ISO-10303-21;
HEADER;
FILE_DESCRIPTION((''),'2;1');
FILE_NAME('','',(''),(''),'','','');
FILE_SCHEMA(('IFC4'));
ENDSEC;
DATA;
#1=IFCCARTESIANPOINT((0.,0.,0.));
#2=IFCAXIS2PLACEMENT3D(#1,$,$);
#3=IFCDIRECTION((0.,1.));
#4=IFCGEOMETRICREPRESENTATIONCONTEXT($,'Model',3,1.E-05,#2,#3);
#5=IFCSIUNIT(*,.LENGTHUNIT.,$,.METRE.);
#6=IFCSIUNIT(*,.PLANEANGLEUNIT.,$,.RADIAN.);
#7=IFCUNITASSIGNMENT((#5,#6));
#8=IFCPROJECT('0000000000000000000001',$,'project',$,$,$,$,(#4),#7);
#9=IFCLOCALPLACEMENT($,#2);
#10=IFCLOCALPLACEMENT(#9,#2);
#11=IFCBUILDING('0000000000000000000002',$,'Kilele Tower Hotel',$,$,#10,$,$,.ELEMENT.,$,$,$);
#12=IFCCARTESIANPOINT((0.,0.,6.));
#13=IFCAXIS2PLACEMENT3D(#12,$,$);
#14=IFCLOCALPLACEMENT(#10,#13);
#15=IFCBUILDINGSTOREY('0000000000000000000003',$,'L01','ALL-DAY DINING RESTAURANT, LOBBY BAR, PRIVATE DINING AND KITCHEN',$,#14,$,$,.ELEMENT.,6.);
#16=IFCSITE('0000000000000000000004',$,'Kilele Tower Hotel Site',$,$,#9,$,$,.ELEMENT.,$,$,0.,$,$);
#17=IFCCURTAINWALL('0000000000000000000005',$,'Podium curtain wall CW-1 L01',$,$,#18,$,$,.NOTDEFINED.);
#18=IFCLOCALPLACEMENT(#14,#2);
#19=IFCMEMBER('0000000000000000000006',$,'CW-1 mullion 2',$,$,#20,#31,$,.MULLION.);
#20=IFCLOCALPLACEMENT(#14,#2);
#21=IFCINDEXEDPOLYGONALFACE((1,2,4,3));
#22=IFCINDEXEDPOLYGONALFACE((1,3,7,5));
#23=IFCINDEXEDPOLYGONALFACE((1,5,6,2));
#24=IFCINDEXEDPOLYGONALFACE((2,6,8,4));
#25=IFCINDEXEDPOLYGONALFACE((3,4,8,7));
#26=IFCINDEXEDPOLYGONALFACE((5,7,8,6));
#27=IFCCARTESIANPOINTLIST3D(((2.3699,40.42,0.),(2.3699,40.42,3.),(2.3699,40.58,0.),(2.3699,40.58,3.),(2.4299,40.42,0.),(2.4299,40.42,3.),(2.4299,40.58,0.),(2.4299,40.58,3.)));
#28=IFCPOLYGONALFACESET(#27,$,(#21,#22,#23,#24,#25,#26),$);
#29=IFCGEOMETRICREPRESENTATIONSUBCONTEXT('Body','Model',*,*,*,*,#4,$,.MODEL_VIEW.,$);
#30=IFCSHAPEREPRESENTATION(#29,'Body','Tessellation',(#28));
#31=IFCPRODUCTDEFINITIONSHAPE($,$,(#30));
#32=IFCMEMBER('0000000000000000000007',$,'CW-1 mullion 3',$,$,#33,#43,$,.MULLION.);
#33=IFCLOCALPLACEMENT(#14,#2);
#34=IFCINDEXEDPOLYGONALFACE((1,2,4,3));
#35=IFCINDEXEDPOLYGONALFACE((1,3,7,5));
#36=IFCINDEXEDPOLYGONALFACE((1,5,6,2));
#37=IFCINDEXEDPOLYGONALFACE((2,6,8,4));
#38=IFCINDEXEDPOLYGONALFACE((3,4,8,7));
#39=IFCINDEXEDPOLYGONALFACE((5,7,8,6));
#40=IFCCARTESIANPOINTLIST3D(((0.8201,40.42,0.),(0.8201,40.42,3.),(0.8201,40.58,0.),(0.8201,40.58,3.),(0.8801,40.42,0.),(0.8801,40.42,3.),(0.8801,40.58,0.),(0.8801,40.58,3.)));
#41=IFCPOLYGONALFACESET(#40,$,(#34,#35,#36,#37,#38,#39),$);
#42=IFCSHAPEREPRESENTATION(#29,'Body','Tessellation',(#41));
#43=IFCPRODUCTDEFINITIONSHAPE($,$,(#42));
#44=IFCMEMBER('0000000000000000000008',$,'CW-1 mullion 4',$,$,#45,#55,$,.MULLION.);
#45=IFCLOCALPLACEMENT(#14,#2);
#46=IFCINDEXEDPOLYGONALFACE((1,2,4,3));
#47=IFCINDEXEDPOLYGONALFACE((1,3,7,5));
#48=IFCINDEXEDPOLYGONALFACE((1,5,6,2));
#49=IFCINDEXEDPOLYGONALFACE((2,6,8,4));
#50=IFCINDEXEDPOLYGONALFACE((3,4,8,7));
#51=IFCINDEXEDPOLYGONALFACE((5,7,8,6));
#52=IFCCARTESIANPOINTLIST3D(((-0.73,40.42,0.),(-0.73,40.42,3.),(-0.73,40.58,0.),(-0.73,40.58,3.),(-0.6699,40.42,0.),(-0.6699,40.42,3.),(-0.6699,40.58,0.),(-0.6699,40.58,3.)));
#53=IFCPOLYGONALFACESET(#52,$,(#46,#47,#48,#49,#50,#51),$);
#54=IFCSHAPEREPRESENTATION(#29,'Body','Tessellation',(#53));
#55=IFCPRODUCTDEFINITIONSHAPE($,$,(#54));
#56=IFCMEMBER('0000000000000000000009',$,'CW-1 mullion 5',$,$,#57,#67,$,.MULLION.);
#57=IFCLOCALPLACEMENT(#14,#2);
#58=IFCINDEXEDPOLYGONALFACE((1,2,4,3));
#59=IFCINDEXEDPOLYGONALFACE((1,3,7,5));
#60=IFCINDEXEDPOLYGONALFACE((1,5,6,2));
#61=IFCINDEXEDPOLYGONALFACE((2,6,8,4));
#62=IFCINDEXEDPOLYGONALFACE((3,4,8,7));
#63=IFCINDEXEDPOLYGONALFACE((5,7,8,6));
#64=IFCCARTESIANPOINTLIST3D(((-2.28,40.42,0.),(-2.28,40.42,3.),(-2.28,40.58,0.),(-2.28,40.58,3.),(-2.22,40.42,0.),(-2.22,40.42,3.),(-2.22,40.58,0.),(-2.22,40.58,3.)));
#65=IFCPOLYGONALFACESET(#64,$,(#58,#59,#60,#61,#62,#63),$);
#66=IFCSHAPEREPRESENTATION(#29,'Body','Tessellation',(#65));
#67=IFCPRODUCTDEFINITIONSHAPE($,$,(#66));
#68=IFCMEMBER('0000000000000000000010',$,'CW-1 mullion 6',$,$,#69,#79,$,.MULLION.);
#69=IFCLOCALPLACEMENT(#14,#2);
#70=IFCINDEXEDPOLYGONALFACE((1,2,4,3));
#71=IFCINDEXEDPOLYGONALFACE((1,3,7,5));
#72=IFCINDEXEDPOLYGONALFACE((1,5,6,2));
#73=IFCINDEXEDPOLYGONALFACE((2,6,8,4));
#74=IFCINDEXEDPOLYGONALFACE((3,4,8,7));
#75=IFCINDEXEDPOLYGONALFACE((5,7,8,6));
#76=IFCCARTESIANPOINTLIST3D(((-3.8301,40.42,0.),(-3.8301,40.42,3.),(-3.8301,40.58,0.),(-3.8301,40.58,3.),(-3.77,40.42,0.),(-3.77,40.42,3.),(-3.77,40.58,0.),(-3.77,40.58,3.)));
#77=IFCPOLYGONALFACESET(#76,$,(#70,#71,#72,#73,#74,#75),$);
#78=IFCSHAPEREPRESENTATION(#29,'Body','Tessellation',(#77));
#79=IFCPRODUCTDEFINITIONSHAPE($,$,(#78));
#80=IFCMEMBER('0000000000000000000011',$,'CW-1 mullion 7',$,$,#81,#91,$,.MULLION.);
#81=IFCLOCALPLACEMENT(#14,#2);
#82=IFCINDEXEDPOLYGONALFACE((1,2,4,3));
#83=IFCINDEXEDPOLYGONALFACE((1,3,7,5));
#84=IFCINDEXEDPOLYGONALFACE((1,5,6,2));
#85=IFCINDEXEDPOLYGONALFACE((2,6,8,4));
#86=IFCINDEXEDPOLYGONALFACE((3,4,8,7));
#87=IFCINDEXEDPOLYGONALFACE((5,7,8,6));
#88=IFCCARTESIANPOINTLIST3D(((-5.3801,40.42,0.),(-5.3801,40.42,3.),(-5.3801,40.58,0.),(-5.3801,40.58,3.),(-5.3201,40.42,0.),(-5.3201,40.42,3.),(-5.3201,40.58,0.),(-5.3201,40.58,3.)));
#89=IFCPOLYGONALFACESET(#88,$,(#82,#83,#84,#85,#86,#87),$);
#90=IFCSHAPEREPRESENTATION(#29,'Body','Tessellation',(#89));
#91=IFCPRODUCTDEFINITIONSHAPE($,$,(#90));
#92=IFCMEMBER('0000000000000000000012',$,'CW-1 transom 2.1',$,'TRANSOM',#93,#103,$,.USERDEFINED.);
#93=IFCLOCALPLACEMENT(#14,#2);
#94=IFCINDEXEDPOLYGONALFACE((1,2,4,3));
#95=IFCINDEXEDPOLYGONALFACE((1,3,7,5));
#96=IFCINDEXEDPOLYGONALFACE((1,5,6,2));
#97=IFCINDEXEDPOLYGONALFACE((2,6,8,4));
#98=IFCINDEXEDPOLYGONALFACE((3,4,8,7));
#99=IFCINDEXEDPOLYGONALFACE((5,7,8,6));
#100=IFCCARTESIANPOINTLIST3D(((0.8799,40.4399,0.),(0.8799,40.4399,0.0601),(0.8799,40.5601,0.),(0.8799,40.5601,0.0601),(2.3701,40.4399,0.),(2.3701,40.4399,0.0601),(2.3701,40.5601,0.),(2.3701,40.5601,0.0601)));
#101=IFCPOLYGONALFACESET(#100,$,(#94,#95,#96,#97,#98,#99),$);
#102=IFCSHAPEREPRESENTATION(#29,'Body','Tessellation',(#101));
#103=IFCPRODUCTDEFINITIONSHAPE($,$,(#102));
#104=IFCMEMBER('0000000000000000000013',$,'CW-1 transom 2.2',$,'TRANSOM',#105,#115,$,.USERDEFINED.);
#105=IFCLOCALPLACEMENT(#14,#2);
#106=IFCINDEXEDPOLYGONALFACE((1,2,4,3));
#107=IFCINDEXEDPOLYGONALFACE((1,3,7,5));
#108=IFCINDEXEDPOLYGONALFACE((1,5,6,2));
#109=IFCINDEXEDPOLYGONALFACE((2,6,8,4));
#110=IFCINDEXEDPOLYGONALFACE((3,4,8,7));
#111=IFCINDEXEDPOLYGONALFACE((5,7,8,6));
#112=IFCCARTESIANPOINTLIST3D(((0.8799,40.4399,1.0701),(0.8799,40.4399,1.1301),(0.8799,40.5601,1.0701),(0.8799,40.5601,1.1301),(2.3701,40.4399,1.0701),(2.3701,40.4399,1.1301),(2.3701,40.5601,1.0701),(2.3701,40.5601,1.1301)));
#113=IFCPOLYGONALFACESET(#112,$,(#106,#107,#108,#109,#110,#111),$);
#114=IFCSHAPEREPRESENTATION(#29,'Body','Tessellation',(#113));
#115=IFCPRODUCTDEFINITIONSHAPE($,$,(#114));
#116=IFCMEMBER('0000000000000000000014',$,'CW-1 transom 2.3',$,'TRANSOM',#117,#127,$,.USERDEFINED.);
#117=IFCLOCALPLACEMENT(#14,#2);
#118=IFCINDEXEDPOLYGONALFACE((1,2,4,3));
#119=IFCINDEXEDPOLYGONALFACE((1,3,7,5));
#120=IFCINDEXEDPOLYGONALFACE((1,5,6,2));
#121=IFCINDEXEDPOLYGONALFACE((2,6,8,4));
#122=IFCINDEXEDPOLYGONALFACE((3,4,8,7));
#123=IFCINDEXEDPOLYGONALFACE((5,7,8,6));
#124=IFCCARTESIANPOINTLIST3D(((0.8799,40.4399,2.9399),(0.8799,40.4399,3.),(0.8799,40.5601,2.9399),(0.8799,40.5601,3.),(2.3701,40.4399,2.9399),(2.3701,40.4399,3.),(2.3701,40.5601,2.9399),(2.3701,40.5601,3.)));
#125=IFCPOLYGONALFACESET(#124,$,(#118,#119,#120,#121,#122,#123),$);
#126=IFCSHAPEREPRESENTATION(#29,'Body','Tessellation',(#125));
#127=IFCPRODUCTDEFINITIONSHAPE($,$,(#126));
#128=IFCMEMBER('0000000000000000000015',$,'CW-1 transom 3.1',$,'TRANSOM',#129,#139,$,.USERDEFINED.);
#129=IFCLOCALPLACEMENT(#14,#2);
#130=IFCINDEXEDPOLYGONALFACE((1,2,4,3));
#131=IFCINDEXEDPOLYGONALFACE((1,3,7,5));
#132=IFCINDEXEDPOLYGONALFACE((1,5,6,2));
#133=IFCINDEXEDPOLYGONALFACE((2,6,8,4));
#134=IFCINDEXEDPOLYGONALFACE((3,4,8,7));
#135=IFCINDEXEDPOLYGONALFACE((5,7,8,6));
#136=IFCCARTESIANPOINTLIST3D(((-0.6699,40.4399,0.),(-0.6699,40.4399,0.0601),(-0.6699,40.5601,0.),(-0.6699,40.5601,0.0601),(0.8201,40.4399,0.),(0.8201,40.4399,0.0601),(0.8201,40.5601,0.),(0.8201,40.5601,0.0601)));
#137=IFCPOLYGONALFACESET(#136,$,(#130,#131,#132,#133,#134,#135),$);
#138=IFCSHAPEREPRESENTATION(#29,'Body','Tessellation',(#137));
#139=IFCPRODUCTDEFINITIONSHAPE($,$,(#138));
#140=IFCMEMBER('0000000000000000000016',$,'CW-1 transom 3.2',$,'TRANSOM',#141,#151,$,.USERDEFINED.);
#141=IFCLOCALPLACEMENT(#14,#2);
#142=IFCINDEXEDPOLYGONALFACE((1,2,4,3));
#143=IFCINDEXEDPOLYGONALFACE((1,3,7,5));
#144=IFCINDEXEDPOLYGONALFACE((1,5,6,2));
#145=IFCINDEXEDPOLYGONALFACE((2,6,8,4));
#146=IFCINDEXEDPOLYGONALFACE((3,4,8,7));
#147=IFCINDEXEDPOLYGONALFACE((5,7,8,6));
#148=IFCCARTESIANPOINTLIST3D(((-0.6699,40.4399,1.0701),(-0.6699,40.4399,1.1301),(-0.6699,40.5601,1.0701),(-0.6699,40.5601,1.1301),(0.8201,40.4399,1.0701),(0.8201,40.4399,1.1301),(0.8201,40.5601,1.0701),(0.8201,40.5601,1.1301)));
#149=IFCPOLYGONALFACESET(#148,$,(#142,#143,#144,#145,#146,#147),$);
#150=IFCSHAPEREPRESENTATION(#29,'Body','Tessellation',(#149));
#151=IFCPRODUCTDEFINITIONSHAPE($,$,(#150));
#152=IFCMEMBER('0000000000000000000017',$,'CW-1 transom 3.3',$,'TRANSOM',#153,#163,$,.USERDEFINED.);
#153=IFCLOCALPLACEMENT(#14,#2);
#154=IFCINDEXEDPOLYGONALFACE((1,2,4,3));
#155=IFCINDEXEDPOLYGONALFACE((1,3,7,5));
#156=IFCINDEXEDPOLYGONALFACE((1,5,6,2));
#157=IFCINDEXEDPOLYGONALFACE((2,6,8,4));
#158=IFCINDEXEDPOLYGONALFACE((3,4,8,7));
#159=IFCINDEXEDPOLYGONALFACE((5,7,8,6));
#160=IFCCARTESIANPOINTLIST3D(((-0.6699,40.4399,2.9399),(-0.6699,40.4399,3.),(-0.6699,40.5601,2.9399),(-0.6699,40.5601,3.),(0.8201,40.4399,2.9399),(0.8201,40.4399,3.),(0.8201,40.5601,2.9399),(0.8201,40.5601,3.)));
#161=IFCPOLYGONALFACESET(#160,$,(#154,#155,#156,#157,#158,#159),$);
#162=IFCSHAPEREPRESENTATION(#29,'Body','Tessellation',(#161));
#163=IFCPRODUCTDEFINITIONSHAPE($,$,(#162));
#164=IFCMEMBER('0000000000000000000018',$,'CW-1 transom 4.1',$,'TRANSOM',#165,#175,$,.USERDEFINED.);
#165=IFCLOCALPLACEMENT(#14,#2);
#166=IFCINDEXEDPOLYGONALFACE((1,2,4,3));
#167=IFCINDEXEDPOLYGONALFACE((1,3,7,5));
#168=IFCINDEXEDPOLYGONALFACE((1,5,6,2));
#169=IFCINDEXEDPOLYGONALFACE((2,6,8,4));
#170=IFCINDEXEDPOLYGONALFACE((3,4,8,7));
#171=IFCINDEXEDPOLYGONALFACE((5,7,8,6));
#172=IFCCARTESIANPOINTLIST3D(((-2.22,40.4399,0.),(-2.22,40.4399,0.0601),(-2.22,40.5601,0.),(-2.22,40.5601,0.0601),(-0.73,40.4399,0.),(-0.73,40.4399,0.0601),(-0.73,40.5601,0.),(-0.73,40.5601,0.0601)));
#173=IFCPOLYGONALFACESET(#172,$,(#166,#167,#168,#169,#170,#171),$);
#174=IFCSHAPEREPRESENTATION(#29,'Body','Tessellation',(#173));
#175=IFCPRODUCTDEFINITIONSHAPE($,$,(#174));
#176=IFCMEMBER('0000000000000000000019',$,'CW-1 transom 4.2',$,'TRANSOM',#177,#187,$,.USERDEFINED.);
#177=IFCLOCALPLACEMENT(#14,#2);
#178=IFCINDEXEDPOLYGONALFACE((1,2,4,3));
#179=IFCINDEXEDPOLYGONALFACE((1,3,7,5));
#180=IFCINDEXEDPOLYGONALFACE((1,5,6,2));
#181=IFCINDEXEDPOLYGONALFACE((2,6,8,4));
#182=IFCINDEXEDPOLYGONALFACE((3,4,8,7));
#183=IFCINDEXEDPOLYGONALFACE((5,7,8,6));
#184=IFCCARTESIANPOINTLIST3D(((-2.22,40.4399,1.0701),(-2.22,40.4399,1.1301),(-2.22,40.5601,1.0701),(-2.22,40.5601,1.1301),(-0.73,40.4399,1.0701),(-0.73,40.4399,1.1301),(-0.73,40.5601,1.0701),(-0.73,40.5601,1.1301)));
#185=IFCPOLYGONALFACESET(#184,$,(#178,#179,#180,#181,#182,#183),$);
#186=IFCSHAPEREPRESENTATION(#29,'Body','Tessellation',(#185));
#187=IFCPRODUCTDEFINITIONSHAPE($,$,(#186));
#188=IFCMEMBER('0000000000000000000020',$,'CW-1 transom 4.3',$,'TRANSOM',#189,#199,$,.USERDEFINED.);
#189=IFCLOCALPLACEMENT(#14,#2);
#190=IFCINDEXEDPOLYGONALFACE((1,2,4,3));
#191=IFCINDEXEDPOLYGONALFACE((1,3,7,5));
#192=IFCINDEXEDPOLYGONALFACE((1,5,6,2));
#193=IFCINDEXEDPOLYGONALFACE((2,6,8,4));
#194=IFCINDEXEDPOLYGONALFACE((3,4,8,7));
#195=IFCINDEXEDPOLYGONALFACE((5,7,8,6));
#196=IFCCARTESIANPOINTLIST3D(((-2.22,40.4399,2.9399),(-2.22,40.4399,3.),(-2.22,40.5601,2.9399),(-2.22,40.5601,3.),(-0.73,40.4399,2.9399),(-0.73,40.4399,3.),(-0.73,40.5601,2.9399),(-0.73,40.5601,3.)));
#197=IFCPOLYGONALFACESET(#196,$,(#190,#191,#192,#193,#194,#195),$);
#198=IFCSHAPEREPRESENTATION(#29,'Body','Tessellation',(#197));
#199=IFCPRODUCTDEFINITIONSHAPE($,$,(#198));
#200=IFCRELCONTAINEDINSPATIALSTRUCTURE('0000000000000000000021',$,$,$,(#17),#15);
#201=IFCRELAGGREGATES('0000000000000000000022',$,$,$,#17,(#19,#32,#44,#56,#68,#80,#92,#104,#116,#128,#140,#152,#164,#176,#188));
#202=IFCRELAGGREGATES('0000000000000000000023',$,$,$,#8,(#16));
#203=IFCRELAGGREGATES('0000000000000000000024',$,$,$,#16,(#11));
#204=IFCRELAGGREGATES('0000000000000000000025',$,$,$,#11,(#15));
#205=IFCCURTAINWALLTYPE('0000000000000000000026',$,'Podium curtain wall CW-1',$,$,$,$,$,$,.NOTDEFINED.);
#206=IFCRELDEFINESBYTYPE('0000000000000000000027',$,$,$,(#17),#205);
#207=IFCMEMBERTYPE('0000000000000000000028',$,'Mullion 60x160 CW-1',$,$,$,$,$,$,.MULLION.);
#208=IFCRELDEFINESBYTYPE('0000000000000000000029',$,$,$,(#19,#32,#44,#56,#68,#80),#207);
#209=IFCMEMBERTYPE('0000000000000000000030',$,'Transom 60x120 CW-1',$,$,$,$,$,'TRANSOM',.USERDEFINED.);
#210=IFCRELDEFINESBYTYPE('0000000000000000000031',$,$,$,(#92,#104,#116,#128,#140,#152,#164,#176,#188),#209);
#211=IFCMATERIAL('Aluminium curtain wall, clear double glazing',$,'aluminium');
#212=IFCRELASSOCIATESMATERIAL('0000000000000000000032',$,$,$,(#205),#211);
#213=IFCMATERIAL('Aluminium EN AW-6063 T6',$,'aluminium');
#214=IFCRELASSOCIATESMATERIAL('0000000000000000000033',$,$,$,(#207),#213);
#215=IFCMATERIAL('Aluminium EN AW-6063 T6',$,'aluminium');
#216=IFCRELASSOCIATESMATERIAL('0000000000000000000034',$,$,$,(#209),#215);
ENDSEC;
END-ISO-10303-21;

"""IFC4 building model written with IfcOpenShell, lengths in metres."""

from ifc_helpers import new_model, si_unit, direction, frame, origin, origin_2d, place, context, subcontext, project, spatial, rectangle, extrude, material, material_profile, profile_set, type_object, element, aggregate, save


model = new_model("IFC4")

# Units and contexts
model_context = context("Model", 3, precision=1e-05, world=origin(), true_north=direction((0.0, 1.0)))
body_context = subcontext(model_context, "Body", "Model", "MODEL_VIEW")
ifc_project = project(units=[si_unit("LENGTHUNIT", "METRE"), si_unit("PLANEANGLEUNIT", "RADIAN")], contexts=[model_context])

# Site, building, storey
site_placement = place(None, origin())
site = spatial("IfcSite", under=ifc_project, at=site_placement, Name="Kilele Tower Hotel Site", CompositionType="ELEMENT", RefElevation=0.0)
building_placement = place(site_placement, origin())
building = spatial("IfcBuilding", under=site, at=building_placement, Name="Kilele Tower Hotel", CompositionType="ELEMENT")
storey_placement = place(building_placement, frame((0.0, 0.0, 6.0)))
storey = spatial("IfcBuildingStorey", under=building, at=storey_placement, Name="L01", Description="ALL-DAY DINING RESTAURANT, LOBBY BAR, PRIVATE DINING AND KITCHEN", CompositionType="ELEMENT", Elevation=6.0)

# Curtain wall, members
ifc_material_1 = material(Name="Aluminium curtain wall, clear double glazing", Category="aluminium")
curtain_wall_type = type_object("IfcCurtainWallType", Name="Podium curtain wall CW-1", PredefinedType="NOTDEFINED", material=ifc_material_1)
curtain_wall_placement = place(storey_placement, origin())
curtain_wall = element("IfcCurtainWall", 1, at=curtain_wall_placement, inside=storey, type_object=curtain_wall_type, Name="Podium curtain wall CW-1 L01", PredefinedType="NOTDEFINED")
ifc_material_2 = material(Name="Aluminium EN AW-6063 T6", Category="aluminium")
ifc_material_profile_1 = material_profile(ifc_material_2, rectangle(XDim=0.1599, YDim=0.0601, at=origin_2d()))
ifc_profile_set_1 = profile_set([ifc_material_profile_1], Name="Aluminium EN AW-6063 T6")
member_type_1 = type_object("IfcMemberType", Name="Mullion 60x160 CW-1", PredefinedType="MULLION", material=ifc_profile_set_1)
member_1_placement = place(storey_placement, frame((2.3999, 40.5, 0.0), z_axis=(0.0, 0.0, 1.0), x_axis=(0.0, -1.0, 0.0)))
member_1 = element("IfcMember", 2, at=member_1_placement, type_object=member_type_1, Name="CW-1 mullion 2", PredefinedType="MULLION", context=body_context, shape_type="SweptSolid", body=[
    extrude(rectangle(XDim=0.1599, YDim=0.0601, at=origin_2d()), origin(), (0.0, 0.0, 1.0), 3.0),
])
member_2_placement = place(storey_placement, frame((0.8501, 40.5, 0.0), z_axis=(0.0, 0.0, 1.0), x_axis=(0.0, -1.0, 0.0)))
member_2 = element("IfcMember", 3, at=member_2_placement, type_object=member_type_1, Name="CW-1 mullion 3", PredefinedType="MULLION", context=body_context, shape_type="SweptSolid", body=[
    extrude(rectangle(XDim=0.1599, YDim=0.0601, at=origin_2d()), origin(), (0.0, 0.0, 1.0), 3.0),
])
member_3_placement = place(storey_placement, frame((-0.7, 40.5, 0.0), z_axis=(0.0, 0.0, 1.0), x_axis=(0.0, -1.0, 0.0)))
member_3 = element("IfcMember", 4, at=member_3_placement, type_object=member_type_1, Name="CW-1 mullion 4", PredefinedType="MULLION", context=body_context, shape_type="SweptSolid", body=[
    extrude(rectangle(XDim=0.1599, YDim=0.0601, at=origin_2d()), origin(), (0.0, 0.0, 1.0), 3.0),
])
member_4_placement = place(storey_placement, frame((-2.25, 40.5, 0.0), z_axis=(0.0, 0.0, 1.0), x_axis=(0.0, -1.0, 0.0)))
member_4 = element("IfcMember", 5, at=member_4_placement, type_object=member_type_1, Name="CW-1 mullion 5", PredefinedType="MULLION", context=body_context, shape_type="SweptSolid", body=[
    extrude(rectangle(XDim=0.1599, YDim=0.0601, at=origin_2d()), origin(), (0.0, 0.0, 1.0), 3.0),
])
member_5_placement = place(storey_placement, frame((-3.8, 40.5, 0.0), z_axis=(0.0, 0.0, 1.0), x_axis=(0.0, -1.0, 0.0)))
member_5 = element("IfcMember", 6, at=member_5_placement, type_object=member_type_1, Name="CW-1 mullion 6", PredefinedType="MULLION", context=body_context, shape_type="SweptSolid", body=[
    extrude(rectangle(XDim=0.1599, YDim=0.0601, at=origin_2d()), origin(), (0.0, 0.0, 1.0), 3.0),
])
member_6_placement = place(storey_placement, frame((-5.3501, 40.5, 0.0), z_axis=(0.0, 0.0, 1.0), x_axis=(0.0, -1.0, 0.0)))
member_6 = element("IfcMember", 7, at=member_6_placement, type_object=member_type_1, Name="CW-1 mullion 7", PredefinedType="MULLION", context=body_context, shape_type="SweptSolid", body=[
    extrude(rectangle(XDim=0.1599, YDim=0.0601, at=origin_2d()), origin(), (0.0, 0.0, 1.0), 3.0),
])
ifc_material_3 = material(Name="Aluminium EN AW-6063 T6", Category="aluminium")
ifc_material_profile_2 = material_profile(ifc_material_3, rectangle(XDim=0.1201, YDim=0.0601, at=origin_2d()))
ifc_profile_set_2 = profile_set([ifc_material_profile_2], Name="Aluminium EN AW-6063 T6")
member_type_2 = type_object("IfcMemberType", Name="Transom 60x120 CW-1", ElementType="TRANSOM", PredefinedType="USERDEFINED", material=ifc_profile_set_2)
member_7_placement = place(storey_placement, frame((2.3701, 40.5, 0.03), z_axis=(-1.0, 0.0, 0.0), x_axis=(0.0, -1.0, 0.0)))
member_7 = element("IfcMember", 8, at=member_7_placement, type_object=member_type_2, Name="CW-1 transom 2.1", ObjectType="TRANSOM", PredefinedType="USERDEFINED", context=body_context, shape_type="SweptSolid", body=[
    extrude(rectangle(XDim=0.1201, YDim=0.0601, at=origin_2d()), origin(), (0.0, 0.0, 1.0), 1.4902),
])
member_8_placement = place(storey_placement, frame((2.3701, 40.5, 1.1001), z_axis=(-1.0, 0.0, 0.0), x_axis=(0.0, -1.0, 0.0)))
member_8 = element("IfcMember", 9, at=member_8_placement, type_object=member_type_2, Name="CW-1 transom 2.2", ObjectType="TRANSOM", PredefinedType="USERDEFINED", context=body_context, shape_type="SweptSolid", body=[
    extrude(rectangle(XDim=0.1201, YDim=0.0601, at=origin_2d()), origin(), (0.0, 0.0, 1.0), 1.4902),
])
member_9_placement = place(storey_placement, frame((2.3701, 40.5, 2.97), z_axis=(-1.0, 0.0, 0.0), x_axis=(0.0, -1.0, 0.0)))
member_9 = element("IfcMember", 10, at=member_9_placement, type_object=member_type_2, Name="CW-1 transom 2.3", ObjectType="TRANSOM", PredefinedType="USERDEFINED", context=body_context, shape_type="SweptSolid", body=[
    extrude(rectangle(XDim=0.1201, YDim=0.0601, at=origin_2d()), origin(), (0.0, 0.0, 1.0), 1.4902),
])
member_10_placement = place(storey_placement, frame((0.8201, 40.5, 0.03), z_axis=(-1.0, 0.0, 0.0), x_axis=(0.0, -1.0, 0.0)))
member_10 = element("IfcMember", 11, at=member_10_placement, type_object=member_type_2, Name="CW-1 transom 3.1", ObjectType="TRANSOM", PredefinedType="USERDEFINED", context=body_context, shape_type="SweptSolid", body=[
    extrude(rectangle(XDim=0.1201, YDim=0.0601, at=origin_2d()), origin(), (0.0, 0.0, 1.0), 1.49),
])
member_11_placement = place(storey_placement, frame((0.8201, 40.5, 1.1001), z_axis=(-1.0, 0.0, 0.0), x_axis=(0.0, -1.0, 0.0)))
member_11 = element("IfcMember", 12, at=member_11_placement, type_object=member_type_2, Name="CW-1 transom 3.2", ObjectType="TRANSOM", PredefinedType="USERDEFINED", context=body_context, shape_type="SweptSolid", body=[
    extrude(rectangle(XDim=0.1201, YDim=0.0601, at=origin_2d()), origin(), (0.0, 0.0, 1.0), 1.49),
])
member_12_placement = place(storey_placement, frame((0.8201, 40.5, 2.97), z_axis=(-1.0, 0.0, 0.0), x_axis=(0.0, -1.0, 0.0)))
member_12 = element("IfcMember", 13, at=member_12_placement, type_object=member_type_2, Name="CW-1 transom 3.3", ObjectType="TRANSOM", PredefinedType="USERDEFINED", context=body_context, shape_type="SweptSolid", body=[
    extrude(rectangle(XDim=0.1201, YDim=0.0601, at=origin_2d()), origin(), (0.0, 0.0, 1.0), 1.49),
])
member_13_placement = place(storey_placement, frame((-0.73, 40.5, 0.03), z_axis=(-1.0, 0.0, 0.0), x_axis=(0.0, -1.0, 0.0)))
member_13 = element("IfcMember", 14, at=member_13_placement, type_object=member_type_2, Name="CW-1 transom 4.1", ObjectType="TRANSOM", PredefinedType="USERDEFINED", context=body_context, shape_type="SweptSolid", body=[
    extrude(rectangle(XDim=0.1201, YDim=0.0601, at=origin_2d()), origin(), (0.0, 0.0, 1.0), 1.49),
])
member_14_placement = place(storey_placement, frame((-0.73, 40.5, 1.1001), z_axis=(-1.0, 0.0, 0.0), x_axis=(0.0, -1.0, 0.0)))
member_14 = element("IfcMember", 15, at=member_14_placement, type_object=member_type_2, Name="CW-1 transom 4.2", ObjectType="TRANSOM", PredefinedType="USERDEFINED", context=body_context, shape_type="SweptSolid", body=[
    extrude(rectangle(XDim=0.1201, YDim=0.0601, at=origin_2d()), origin(), (0.0, 0.0, 1.0), 1.49),
])
member_15_placement = place(storey_placement, frame((-0.73, 40.5, 2.97), z_axis=(-1.0, 0.0, 0.0), x_axis=(0.0, -1.0, 0.0)))
member_15 = element("IfcMember", 16, at=member_15_placement, type_object=member_type_2, Name="CW-1 transom 4.3", ObjectType="TRANSOM", PredefinedType="USERDEFINED", context=body_context, shape_type="SweptSolid", body=[
    extrude(rectangle(XDim=0.1201, YDim=0.0601, at=origin_2d()), origin(), (0.0, 0.0, 1.0), 1.49),
])
aggregate(curtain_wall, [member_1, member_2, member_3, member_4, member_5, member_6, member_7, member_8, member_9, member_10, member_11, member_12, member_13, member_14, member_15])

save(model, "model.ifc")
